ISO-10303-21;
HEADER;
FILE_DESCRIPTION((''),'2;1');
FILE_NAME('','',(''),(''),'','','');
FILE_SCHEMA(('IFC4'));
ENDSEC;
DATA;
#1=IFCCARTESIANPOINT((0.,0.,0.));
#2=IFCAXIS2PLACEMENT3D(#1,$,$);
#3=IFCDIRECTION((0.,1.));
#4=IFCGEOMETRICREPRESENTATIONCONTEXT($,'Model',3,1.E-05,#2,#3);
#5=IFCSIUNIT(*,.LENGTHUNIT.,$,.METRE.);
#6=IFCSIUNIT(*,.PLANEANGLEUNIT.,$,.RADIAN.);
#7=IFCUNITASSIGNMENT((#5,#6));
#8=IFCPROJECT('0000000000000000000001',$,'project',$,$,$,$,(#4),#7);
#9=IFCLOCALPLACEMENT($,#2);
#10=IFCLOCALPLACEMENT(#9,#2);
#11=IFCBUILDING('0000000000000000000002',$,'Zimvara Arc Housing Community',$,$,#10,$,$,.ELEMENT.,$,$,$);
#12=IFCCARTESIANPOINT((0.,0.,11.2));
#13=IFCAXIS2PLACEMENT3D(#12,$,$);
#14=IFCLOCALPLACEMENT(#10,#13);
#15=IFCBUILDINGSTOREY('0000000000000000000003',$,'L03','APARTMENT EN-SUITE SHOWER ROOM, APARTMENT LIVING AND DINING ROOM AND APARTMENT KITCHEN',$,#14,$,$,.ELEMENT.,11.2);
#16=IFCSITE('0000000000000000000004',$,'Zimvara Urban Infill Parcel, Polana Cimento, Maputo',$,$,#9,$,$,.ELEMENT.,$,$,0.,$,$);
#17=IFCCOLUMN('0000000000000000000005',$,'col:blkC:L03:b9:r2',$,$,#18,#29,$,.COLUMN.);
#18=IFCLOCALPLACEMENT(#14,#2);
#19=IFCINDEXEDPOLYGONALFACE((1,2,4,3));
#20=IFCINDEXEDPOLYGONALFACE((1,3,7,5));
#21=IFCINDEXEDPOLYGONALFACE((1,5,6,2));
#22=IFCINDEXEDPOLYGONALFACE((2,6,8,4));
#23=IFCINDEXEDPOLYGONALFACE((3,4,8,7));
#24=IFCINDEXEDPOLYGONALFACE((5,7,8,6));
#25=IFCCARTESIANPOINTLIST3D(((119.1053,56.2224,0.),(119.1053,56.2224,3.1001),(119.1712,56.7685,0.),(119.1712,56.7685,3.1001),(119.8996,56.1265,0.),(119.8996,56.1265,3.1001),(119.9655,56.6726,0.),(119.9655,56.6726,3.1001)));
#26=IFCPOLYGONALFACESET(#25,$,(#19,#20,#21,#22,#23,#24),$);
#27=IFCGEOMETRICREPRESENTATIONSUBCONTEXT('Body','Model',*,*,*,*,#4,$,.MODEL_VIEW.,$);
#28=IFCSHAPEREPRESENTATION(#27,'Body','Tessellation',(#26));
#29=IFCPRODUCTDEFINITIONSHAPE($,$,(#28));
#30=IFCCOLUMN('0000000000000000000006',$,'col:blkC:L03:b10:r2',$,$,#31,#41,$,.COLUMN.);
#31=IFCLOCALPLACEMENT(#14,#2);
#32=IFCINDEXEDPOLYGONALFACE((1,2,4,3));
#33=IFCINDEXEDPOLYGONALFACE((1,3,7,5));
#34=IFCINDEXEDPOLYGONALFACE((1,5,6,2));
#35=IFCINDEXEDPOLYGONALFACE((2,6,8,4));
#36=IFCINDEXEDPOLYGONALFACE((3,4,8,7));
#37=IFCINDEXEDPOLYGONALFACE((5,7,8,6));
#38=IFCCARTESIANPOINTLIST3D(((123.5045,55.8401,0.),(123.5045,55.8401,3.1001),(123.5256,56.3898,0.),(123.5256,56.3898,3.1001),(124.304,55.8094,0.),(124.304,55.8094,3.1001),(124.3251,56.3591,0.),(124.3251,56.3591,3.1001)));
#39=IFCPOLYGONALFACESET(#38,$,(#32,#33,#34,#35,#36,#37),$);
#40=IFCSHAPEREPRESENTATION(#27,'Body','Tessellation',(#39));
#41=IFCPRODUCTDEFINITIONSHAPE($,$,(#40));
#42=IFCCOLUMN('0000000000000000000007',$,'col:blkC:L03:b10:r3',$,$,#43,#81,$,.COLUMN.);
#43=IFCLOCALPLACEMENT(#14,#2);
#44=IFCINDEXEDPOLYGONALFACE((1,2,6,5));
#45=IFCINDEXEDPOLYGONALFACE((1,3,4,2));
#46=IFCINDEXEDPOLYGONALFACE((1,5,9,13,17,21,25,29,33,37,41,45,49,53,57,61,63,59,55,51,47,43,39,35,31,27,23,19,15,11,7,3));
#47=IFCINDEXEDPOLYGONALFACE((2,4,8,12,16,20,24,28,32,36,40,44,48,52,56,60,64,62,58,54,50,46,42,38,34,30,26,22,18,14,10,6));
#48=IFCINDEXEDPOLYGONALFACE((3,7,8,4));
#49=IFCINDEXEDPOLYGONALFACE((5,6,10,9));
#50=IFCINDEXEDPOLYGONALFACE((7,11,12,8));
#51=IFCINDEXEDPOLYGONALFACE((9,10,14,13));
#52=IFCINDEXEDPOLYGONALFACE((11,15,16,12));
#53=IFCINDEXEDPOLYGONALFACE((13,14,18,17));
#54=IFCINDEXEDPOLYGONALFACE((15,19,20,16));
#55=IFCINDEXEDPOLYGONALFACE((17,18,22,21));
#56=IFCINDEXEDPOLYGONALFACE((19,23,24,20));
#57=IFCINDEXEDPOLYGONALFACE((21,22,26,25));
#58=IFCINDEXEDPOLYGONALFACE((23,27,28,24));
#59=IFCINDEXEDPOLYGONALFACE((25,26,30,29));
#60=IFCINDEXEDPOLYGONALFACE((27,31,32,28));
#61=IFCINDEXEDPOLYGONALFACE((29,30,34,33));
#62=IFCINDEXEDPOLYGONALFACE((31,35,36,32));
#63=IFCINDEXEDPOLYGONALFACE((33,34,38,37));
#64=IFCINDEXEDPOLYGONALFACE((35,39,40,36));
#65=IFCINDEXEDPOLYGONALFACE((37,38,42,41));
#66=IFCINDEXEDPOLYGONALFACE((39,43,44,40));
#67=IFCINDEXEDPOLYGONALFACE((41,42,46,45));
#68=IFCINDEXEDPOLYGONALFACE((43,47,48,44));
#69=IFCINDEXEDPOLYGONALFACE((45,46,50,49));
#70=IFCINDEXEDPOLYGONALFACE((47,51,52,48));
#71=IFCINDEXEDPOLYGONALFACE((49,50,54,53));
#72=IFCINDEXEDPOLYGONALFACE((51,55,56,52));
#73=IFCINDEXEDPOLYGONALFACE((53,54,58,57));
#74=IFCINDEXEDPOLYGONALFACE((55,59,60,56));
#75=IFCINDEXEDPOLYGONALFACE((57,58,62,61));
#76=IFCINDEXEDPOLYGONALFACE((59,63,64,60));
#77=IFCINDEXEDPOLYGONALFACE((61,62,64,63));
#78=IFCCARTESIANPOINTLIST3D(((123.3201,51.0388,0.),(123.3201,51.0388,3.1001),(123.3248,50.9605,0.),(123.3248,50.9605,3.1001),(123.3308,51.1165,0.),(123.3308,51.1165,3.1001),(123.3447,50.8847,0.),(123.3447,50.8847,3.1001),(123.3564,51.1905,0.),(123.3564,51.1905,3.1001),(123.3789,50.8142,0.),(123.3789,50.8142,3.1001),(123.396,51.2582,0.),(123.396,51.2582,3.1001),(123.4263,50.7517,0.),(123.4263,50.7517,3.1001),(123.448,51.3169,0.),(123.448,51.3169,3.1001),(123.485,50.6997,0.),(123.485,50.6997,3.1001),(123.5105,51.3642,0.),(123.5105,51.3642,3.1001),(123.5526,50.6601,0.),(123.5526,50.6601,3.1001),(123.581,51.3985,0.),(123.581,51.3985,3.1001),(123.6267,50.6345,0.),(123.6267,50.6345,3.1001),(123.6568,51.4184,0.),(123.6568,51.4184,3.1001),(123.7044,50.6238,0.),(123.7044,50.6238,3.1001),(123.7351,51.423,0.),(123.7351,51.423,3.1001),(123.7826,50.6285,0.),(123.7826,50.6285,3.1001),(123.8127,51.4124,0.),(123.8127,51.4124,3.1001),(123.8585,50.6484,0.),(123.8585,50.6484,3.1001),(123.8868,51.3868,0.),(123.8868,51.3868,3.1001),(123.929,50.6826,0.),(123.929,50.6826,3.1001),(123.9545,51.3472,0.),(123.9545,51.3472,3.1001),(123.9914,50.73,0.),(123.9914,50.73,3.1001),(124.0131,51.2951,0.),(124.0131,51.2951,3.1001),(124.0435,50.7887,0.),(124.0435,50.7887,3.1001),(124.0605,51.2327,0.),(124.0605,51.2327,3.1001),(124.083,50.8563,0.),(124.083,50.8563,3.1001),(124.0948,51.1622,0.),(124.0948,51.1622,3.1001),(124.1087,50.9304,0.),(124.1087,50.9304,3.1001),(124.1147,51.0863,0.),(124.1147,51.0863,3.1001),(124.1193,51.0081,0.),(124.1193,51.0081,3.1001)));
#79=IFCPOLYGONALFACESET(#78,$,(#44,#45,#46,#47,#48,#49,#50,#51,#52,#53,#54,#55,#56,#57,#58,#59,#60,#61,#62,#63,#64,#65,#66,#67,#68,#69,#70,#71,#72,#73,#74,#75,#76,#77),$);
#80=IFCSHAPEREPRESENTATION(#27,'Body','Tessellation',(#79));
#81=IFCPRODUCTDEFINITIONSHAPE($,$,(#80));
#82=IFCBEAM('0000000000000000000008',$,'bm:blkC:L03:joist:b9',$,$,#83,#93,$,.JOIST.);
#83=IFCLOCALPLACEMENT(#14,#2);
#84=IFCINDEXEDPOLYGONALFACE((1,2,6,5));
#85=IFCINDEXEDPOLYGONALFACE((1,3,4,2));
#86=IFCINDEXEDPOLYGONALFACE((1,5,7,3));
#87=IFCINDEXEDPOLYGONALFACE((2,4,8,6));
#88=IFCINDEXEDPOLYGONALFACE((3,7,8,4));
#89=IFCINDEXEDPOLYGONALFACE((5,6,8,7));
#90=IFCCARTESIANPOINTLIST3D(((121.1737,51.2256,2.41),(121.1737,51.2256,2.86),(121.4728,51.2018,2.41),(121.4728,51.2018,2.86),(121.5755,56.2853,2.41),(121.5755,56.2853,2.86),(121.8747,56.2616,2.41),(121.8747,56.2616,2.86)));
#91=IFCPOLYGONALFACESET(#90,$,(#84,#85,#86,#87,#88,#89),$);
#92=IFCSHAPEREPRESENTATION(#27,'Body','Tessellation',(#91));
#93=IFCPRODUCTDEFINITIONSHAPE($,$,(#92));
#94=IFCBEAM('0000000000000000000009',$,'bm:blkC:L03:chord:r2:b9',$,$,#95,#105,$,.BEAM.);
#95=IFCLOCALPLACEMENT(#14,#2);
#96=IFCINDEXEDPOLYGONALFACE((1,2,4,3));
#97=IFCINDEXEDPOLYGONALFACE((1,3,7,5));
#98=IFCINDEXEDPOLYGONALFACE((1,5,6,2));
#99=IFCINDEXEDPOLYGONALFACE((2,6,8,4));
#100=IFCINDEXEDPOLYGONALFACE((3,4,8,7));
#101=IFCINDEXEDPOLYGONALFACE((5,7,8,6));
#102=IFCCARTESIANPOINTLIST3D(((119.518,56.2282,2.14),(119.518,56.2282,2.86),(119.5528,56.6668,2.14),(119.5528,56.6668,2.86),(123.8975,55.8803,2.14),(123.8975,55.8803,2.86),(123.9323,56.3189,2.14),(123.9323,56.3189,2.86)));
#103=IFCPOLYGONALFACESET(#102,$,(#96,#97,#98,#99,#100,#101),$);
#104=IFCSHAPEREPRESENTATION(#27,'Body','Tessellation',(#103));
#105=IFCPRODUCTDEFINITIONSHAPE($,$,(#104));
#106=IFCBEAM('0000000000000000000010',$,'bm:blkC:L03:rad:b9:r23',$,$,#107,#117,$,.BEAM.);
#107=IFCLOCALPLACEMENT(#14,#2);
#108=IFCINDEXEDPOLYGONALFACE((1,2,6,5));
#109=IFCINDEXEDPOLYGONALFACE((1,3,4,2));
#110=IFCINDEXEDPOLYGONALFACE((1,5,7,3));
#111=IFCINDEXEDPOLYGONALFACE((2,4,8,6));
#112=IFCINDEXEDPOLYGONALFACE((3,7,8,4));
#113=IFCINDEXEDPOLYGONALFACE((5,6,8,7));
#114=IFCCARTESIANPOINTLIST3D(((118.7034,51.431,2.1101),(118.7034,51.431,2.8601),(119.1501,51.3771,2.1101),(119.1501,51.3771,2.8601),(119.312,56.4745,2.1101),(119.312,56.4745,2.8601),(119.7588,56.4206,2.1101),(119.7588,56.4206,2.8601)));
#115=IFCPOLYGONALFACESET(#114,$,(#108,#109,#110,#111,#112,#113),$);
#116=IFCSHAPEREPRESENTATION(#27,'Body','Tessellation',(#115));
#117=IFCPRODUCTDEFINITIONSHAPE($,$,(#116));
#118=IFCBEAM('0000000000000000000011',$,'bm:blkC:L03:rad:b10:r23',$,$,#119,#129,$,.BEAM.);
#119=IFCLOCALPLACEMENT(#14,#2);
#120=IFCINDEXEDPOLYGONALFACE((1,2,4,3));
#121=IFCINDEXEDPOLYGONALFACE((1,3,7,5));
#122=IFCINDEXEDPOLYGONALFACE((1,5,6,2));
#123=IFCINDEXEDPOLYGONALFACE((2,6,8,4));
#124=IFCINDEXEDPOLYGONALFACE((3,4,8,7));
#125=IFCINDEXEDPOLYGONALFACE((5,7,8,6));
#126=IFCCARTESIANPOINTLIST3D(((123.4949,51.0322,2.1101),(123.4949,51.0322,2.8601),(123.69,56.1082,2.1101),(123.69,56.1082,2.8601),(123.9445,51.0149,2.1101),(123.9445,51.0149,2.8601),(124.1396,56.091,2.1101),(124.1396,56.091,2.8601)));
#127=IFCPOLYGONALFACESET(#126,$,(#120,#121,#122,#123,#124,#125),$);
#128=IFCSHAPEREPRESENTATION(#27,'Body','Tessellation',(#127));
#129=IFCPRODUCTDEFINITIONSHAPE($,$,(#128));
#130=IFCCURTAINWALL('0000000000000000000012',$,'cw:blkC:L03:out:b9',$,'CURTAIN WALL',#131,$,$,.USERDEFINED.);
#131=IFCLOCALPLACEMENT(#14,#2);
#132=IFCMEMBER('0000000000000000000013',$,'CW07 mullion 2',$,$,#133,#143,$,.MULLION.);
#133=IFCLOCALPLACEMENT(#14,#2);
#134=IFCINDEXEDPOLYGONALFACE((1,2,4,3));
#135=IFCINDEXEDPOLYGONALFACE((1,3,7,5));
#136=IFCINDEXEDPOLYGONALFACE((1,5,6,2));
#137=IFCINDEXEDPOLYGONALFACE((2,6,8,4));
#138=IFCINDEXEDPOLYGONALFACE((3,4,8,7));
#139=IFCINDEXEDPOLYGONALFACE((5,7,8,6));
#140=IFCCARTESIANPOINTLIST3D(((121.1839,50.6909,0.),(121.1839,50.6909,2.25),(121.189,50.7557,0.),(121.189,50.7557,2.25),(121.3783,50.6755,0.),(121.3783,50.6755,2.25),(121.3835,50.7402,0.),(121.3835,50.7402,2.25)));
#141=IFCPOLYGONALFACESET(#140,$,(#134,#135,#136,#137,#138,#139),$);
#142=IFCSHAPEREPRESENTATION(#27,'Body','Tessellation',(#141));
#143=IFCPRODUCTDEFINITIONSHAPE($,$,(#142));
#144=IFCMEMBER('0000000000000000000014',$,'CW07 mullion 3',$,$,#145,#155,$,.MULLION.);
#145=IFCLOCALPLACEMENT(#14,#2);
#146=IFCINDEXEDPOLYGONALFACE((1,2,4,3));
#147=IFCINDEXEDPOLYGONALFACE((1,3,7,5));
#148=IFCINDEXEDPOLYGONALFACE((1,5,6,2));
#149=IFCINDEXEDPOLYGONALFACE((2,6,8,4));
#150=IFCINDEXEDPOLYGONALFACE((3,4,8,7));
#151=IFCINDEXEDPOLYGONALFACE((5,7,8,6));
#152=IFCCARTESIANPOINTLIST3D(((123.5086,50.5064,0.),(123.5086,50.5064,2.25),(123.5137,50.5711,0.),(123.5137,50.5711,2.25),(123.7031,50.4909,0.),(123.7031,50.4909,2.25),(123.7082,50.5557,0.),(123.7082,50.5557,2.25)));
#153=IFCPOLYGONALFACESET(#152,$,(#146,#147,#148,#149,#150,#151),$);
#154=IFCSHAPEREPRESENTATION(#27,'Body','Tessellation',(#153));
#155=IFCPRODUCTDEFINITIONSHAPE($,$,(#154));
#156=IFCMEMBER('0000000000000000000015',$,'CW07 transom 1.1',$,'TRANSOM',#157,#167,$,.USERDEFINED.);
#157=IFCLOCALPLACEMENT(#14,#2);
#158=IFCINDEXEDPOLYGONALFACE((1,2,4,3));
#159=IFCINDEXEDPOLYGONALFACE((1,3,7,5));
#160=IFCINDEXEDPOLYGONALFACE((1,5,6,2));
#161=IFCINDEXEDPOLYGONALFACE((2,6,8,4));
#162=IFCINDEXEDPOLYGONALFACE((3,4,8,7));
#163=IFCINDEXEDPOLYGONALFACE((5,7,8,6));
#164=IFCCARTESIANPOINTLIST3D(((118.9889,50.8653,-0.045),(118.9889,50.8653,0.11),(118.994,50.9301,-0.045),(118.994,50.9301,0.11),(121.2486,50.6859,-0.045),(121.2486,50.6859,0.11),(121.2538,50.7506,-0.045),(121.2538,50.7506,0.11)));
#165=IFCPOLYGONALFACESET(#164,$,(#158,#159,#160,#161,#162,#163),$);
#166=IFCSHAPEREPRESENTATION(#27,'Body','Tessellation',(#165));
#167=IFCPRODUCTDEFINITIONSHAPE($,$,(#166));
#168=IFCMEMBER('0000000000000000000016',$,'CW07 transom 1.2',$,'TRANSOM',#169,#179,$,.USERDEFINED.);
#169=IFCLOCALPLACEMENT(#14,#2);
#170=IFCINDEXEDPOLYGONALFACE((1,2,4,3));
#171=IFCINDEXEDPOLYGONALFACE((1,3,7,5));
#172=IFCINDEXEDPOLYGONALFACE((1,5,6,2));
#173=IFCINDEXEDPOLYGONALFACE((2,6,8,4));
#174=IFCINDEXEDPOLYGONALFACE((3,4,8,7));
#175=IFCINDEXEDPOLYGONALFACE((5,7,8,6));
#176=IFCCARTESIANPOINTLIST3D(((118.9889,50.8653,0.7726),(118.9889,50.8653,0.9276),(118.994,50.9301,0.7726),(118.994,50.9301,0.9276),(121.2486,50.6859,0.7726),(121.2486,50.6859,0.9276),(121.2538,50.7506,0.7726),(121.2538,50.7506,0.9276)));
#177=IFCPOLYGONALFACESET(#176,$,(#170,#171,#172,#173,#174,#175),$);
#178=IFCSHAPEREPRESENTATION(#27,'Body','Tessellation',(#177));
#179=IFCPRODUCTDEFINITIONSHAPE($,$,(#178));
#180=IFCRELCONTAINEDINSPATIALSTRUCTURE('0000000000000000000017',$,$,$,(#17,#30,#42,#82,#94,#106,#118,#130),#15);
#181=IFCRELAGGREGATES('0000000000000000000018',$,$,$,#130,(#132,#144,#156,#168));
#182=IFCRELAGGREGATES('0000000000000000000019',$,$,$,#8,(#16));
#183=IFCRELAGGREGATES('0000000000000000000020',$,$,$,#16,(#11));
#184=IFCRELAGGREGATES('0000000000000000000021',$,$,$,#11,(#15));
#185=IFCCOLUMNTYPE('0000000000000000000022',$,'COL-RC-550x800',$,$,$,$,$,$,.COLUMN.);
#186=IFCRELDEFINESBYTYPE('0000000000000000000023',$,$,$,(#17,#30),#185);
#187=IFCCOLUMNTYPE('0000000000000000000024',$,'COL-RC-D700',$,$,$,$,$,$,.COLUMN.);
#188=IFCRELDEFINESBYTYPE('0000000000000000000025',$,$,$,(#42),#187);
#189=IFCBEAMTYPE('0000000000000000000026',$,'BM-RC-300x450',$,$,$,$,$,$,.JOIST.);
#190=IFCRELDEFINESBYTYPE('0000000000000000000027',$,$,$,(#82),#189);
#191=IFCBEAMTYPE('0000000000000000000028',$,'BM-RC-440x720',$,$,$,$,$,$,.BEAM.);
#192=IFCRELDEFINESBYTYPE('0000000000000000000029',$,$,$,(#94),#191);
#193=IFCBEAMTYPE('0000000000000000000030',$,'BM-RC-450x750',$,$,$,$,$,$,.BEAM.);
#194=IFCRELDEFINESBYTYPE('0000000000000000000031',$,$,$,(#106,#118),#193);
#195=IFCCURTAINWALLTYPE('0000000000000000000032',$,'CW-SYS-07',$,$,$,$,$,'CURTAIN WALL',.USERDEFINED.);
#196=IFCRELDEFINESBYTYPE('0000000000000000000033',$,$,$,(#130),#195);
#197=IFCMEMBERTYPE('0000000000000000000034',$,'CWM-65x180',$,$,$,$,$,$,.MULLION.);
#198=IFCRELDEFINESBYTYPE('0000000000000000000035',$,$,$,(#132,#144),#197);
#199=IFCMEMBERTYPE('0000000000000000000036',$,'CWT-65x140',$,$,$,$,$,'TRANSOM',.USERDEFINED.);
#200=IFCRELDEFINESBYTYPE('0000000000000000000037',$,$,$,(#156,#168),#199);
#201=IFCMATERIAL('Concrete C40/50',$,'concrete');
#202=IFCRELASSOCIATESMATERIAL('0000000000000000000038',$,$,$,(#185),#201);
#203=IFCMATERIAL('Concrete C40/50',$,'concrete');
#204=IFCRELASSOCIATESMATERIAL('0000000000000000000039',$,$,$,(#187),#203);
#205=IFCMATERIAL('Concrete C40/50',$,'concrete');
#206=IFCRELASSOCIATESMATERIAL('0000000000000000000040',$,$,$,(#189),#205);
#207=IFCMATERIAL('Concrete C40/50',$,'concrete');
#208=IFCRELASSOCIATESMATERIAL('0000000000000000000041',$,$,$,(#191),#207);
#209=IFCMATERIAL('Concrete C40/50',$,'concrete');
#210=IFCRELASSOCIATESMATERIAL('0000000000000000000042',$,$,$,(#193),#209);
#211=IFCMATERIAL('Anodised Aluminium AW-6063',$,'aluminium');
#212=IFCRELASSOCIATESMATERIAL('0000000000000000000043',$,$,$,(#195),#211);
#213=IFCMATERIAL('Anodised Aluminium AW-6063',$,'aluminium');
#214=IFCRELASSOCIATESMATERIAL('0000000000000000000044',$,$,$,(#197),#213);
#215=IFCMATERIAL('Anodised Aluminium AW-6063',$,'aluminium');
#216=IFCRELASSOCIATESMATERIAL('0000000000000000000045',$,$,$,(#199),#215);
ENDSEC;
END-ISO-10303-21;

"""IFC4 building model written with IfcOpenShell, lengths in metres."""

from ifc_helpers import new_model, si_unit, direction, frame, origin, origin_2d, place, context, subcontext, project, spatial, rectangle, circle, extrude, material, material_profile, profile_set, type_object, element, aggregate, save


model = new_model("IFC4")

# Units and contexts
model_context = context("Model", 3, precision=1e-05, world=origin(), true_north=direction((0.0, 1.0)))
body_context = subcontext(model_context, "Body", "Model", "MODEL_VIEW")
ifc_project = project(units=[si_unit("LENGTHUNIT", "METRE"), si_unit("PLANEANGLEUNIT", "RADIAN")], contexts=[model_context])

# Site, building, storey
site_placement = place(None, origin())
site = spatial("IfcSite", under=ifc_project, at=site_placement, Name="Zimvara Urban Infill Parcel, Polana Cimento, Maputo", CompositionType="ELEMENT", RefElevation=0.0)
building_placement = place(site_placement, origin())
building = spatial("IfcBuilding", under=site, at=building_placement, Name="Zimvara Arc Housing Community", CompositionType="ELEMENT")
storey_placement = place(building_placement, frame((0.0, 0.0, 11.2)))
storey = spatial("IfcBuildingStorey", under=building, at=storey_placement, Name="L03", Description="APARTMENT EN-SUITE SHOWER ROOM, APARTMENT LIVING AND DINING ROOM AND APARTMENT KITCHEN", CompositionType="ELEMENT", Elevation=11.2)

# Columns
ifc_material_1 = material(Name="Concrete C40/50", Category="concrete")
ifc_material_profile_1 = material_profile(ifc_material_1, rectangle(XDim=0.55, YDim=0.8, at=origin_2d()), Name="RC 550x800")
ifc_profile_set_1 = profile_set([ifc_material_profile_1], Name="Concrete C40/50")
column_type_1 = type_object("IfcColumnType", Name="COL-RC-550x800", PredefinedType="COLUMN", material=ifc_profile_set_1)
for number, where, z_axis, x_axis, name in (
    (1, (119.5354, 56.4475, 0.0), (0.0, 0.0, 1.0), (-0.11979, -0.992799, 0.0), "col:blkC:L03:b9:r2"),
    (2, (123.9148, 56.0996, 0.0), (0.0, 0.0, 1.0), (-0.038388, -0.999263, 0.0), "col:blkC:L03:b10:r2"),
):
    element("IfcColumn", number, at=place(storey_placement, frame(where, z_axis=z_axis, x_axis=x_axis)), inside=storey, type_object=column_type_1, Name=name, PredefinedType="COLUMN", context=body_context, shape_type="SweptSolid", body=[
        extrude(rectangle(XDim=0.55, YDim=0.8, at=origin_2d()), origin(), (0.0, 0.0, 1.0), 3.1001),
    ])
ifc_material_2 = material(Name="Concrete C40/50", Category="concrete")
ifc_material_profile_2 = material_profile(ifc_material_2, circle(Radius=0.3999, at=origin_2d()), Name="RC D800")
ifc_profile_set_2 = profile_set([ifc_material_profile_2], Name="Concrete C40/50")
column_type_2 = type_object("IfcColumnType", Name="COL-RC-D700", PredefinedType="COLUMN", material=ifc_profile_set_2)
column_placement = place(storey_placement, frame((123.7197, 51.0234, 0.0), z_axis=(0.0, 0.0, 1.0), x_axis=(-0.038388, -0.999263, 0.0)))
element("IfcColumn", 3, at=column_placement, inside=storey, type_object=column_type_2, Name="col:blkC:L03:b10:r3", PredefinedType="COLUMN", context=body_context, shape_type="SweptSolid", body=[
    extrude(circle(Radius=0.3999, at=origin_2d()), origin(), (0.0, 0.0, 1.0), 3.1001),
])

# Beams
ifc_material_3 = material(Name="Concrete C40/50", Category="concrete")
ifc_material_profile_3 = material_profile(ifc_material_3, rectangle(XDim=0.3, YDim=0.45, at=origin_2d()), Name="RC 300x450")
ifc_profile_set_3 = profile_set([ifc_material_profile_3], Name="Concrete C40/50")
beam_type_1 = type_object("IfcBeamType", Name="BM-RC-300x450", PredefinedType="JOIST", material=ifc_profile_set_3)
beam_1_placement = place(storey_placement, frame((121.7251, 56.2734, 2.635), z_axis=(-0.079172, -0.996861, 0.0), x_axis=(0.996861, -0.079172, 0.0)))
element("IfcBeam", 4, at=beam_1_placement, inside=storey, type_object=beam_type_1, Name="bm:blkC:L03:joist:b9", PredefinedType="JOIST", context=body_context, shape_type="SweptSolid", body=[
    extrude(rectangle(XDim=0.3, YDim=0.45, at=origin_2d()), origin(), (0.0, 0.0, 1.0), 5.0757),
])
ifc_material_4 = material(Name="Concrete C40/50", Category="concrete")
ifc_material_profile_4 = material_profile(ifc_material_4, rectangle(XDim=0.4399, YDim=0.72, at=origin_2d()), Name="RC 440x720")
ifc_profile_set_4 = profile_set([ifc_material_profile_4], Name="Concrete C40/50")
beam_type_2 = type_object("IfcBeamType", Name="BM-RC-440x720", PredefinedType="BEAM", material=ifc_profile_set_4)
beam_2_placement = place(storey_placement, frame((119.5354, 56.4475, 2.5), z_axis=(0.996859, -0.079191, 0.0), x_axis=(0.079191, 0.996859, 0.0)))
element("IfcBeam", 5, at=beam_2_placement, inside=storey, type_object=beam_type_2, Name="bm:blkC:L03:chord:r2:b9", PredefinedType="BEAM", context=body_context, shape_type="SweptSolid", body=[
    extrude(rectangle(XDim=0.4399, YDim=0.72, at=origin_2d()), origin(), (0.0, 0.0, 1.0), 4.3933),
])
ifc_material_5 = material(Name="Concrete C40/50", Category="concrete")
ifc_material_profile_5 = material_profile(ifc_material_5, rectangle(XDim=0.45, YDim=0.75, at=origin_2d()), Name="RC 450x750")
ifc_profile_set_5 = profile_set([ifc_material_profile_5], Name="Concrete C40/50")
beam_type_3 = type_object("IfcBeamType", Name="BM-RC-450x750", PredefinedType="BEAM", material=ifc_profile_set_5)
beam_3_placement = place(storey_placement, frame((119.5354, 56.4475, 2.4851), z_axis=(-0.11981, -0.992797, 0.0), x_axis=(0.992797, -0.11981, 0.0)))
element("IfcBeam", 6, at=beam_3_placement, inside=storey, type_object=beam_type_3, Name="bm:blkC:L03:rad:b9:r23", PredefinedType="BEAM", context=body_context, shape_type="SweptSolid", body=[
    extrude(rectangle(XDim=0.45, YDim=0.75, at=origin_2d()), origin(), (0.0, 0.0, 1.0), 5.0801),
])
beam_4_placement = place(storey_placement, frame((123.9148, 56.0996, 2.4851), z_axis=(-0.0384, -0.999262, 0.0), x_axis=(0.999262, -0.0384, 0.0)))
element("IfcBeam", 7, at=beam_4_placement, inside=storey, type_object=beam_type_3, Name="bm:blkC:L03:rad:b10:r23", PredefinedType="BEAM", context=body_context, shape_type="SweptSolid", body=[
    extrude(rectangle(XDim=0.45, YDim=0.75, at=origin_2d()), origin(), (0.0, 0.0, 1.0), 5.0798),
])

# Curtain wall, members
ifc_material_6 = material(Name="Anodised Aluminium AW-6063", Category="aluminium")
curtain_wall_type = type_object("IfcCurtainWallType", Name="CW-SYS-07", ElementType="CURTAIN WALL", PredefinedType="USERDEFINED", material=ifc_material_6)
curtain_wall_placement = place(storey_placement, origin())
curtain_wall = element("IfcCurtainWall", 8, at=curtain_wall_placement, inside=storey, type_object=curtain_wall_type, Name="cw:blkC:L03:out:b9", ObjectType="CURTAIN WALL", PredefinedType="USERDEFINED")
ifc_material_7 = material(Name="Anodised Aluminium AW-6063", Category="aluminium")
ifc_material_profile_6 = material_profile(ifc_material_7, rectangle(XDim=0.0649, YDim=0.1951, at=origin_2d()), Name="ALU 65x195")
ifc_profile_set_6 = profile_set([ifc_material_profile_6], Name="Anodised Aluminium AW-6063")
member_type_1 = type_object("IfcMemberType", Name="CWM-65x180", PredefinedType="MULLION", material=ifc_profile_set_6)
member_1_placement = place(storey_placement, frame((121.2837, 50.7156, 0.0), z_axis=(0.0, 0.0, 1.0), x_axis=(0.079154, 0.996862, 0.0)))
member_1 = element("IfcMember", 9, at=member_1_placement, type_object=member_type_1, Name="CW07 mullion 2", PredefinedType="MULLION", context=body_context, shape_type="SweptSolid", body=[
    extrude(rectangle(XDim=0.0649, YDim=0.1951, at=origin_2d()), origin(), (0.0, 0.0, 1.0), 2.25),
])
member_2_placement = place(storey_placement, frame((123.6084, 50.531, 0.0), z_axis=(0.0, 0.0, 1.0), x_axis=(0.079154, 0.996862, 0.0)))
member_2 = element("IfcMember", 10, at=member_2_placement, type_object=member_type_1, Name="CW07 mullion 3", PredefinedType="MULLION", context=body_context, shape_type="SweptSolid", body=[
    extrude(rectangle(XDim=0.0649, YDim=0.1951, at=origin_2d()), origin(), (0.0, 0.0, 1.0), 2.25),
])
ifc_material_8 = material(Name="Anodised Aluminium AW-6063", Category="aluminium")
ifc_material_profile_7 = material_profile(ifc_material_8, rectangle(XDim=0.0649, YDim=0.155, at=origin_2d()), Name="ALU 65x155")
ifc_profile_set_7 = profile_set([ifc_material_profile_7], Name="Anodised Aluminium AW-6063")
member_type_2 = type_object("IfcMemberType", Name="CWT-65x140", ElementType="TRANSOM", PredefinedType="USERDEFINED", material=ifc_profile_set_7)
member_3_placement = place(storey_placement, frame((118.9915, 50.8977, 0.0325), z_axis=(0.996862, -0.079159, 0.0), x_axis=(0.079159, 0.996862, 0.0)))
member_3 = element("IfcMember", 11, at=member_3_placement, type_object=member_type_2, Name="CW07 transom 1.1", ObjectType="TRANSOM", PredefinedType="USERDEFINED", context=body_context, shape_type="SweptSolid", body=[
    extrude(rectangle(XDim=0.0649, YDim=0.155, at=origin_2d()), origin(), (0.0, 0.0, 1.0), 2.2668),
])
member_4_placement = place(storey_placement, frame((118.9915, 50.8977, 0.8501), z_axis=(0.996862, -0.079159, 0.0), x_axis=(0.079159, 0.996862, 0.0)))
member_4 = element("IfcMember", 12, at=member_4_placement, type_object=member_type_2, Name="CW07 transom 1.2", ObjectType="TRANSOM", PredefinedType="USERDEFINED", context=body_context, shape_type="SweptSolid", body=[
    extrude(rectangle(XDim=0.0649, YDim=0.155, at=origin_2d()), origin(), (0.0, 0.0, 1.0), 2.2668),
])
aggregate(curtain_wall, [member_1, member_2, member_3, member_4])

save(model, "model.ifc")
